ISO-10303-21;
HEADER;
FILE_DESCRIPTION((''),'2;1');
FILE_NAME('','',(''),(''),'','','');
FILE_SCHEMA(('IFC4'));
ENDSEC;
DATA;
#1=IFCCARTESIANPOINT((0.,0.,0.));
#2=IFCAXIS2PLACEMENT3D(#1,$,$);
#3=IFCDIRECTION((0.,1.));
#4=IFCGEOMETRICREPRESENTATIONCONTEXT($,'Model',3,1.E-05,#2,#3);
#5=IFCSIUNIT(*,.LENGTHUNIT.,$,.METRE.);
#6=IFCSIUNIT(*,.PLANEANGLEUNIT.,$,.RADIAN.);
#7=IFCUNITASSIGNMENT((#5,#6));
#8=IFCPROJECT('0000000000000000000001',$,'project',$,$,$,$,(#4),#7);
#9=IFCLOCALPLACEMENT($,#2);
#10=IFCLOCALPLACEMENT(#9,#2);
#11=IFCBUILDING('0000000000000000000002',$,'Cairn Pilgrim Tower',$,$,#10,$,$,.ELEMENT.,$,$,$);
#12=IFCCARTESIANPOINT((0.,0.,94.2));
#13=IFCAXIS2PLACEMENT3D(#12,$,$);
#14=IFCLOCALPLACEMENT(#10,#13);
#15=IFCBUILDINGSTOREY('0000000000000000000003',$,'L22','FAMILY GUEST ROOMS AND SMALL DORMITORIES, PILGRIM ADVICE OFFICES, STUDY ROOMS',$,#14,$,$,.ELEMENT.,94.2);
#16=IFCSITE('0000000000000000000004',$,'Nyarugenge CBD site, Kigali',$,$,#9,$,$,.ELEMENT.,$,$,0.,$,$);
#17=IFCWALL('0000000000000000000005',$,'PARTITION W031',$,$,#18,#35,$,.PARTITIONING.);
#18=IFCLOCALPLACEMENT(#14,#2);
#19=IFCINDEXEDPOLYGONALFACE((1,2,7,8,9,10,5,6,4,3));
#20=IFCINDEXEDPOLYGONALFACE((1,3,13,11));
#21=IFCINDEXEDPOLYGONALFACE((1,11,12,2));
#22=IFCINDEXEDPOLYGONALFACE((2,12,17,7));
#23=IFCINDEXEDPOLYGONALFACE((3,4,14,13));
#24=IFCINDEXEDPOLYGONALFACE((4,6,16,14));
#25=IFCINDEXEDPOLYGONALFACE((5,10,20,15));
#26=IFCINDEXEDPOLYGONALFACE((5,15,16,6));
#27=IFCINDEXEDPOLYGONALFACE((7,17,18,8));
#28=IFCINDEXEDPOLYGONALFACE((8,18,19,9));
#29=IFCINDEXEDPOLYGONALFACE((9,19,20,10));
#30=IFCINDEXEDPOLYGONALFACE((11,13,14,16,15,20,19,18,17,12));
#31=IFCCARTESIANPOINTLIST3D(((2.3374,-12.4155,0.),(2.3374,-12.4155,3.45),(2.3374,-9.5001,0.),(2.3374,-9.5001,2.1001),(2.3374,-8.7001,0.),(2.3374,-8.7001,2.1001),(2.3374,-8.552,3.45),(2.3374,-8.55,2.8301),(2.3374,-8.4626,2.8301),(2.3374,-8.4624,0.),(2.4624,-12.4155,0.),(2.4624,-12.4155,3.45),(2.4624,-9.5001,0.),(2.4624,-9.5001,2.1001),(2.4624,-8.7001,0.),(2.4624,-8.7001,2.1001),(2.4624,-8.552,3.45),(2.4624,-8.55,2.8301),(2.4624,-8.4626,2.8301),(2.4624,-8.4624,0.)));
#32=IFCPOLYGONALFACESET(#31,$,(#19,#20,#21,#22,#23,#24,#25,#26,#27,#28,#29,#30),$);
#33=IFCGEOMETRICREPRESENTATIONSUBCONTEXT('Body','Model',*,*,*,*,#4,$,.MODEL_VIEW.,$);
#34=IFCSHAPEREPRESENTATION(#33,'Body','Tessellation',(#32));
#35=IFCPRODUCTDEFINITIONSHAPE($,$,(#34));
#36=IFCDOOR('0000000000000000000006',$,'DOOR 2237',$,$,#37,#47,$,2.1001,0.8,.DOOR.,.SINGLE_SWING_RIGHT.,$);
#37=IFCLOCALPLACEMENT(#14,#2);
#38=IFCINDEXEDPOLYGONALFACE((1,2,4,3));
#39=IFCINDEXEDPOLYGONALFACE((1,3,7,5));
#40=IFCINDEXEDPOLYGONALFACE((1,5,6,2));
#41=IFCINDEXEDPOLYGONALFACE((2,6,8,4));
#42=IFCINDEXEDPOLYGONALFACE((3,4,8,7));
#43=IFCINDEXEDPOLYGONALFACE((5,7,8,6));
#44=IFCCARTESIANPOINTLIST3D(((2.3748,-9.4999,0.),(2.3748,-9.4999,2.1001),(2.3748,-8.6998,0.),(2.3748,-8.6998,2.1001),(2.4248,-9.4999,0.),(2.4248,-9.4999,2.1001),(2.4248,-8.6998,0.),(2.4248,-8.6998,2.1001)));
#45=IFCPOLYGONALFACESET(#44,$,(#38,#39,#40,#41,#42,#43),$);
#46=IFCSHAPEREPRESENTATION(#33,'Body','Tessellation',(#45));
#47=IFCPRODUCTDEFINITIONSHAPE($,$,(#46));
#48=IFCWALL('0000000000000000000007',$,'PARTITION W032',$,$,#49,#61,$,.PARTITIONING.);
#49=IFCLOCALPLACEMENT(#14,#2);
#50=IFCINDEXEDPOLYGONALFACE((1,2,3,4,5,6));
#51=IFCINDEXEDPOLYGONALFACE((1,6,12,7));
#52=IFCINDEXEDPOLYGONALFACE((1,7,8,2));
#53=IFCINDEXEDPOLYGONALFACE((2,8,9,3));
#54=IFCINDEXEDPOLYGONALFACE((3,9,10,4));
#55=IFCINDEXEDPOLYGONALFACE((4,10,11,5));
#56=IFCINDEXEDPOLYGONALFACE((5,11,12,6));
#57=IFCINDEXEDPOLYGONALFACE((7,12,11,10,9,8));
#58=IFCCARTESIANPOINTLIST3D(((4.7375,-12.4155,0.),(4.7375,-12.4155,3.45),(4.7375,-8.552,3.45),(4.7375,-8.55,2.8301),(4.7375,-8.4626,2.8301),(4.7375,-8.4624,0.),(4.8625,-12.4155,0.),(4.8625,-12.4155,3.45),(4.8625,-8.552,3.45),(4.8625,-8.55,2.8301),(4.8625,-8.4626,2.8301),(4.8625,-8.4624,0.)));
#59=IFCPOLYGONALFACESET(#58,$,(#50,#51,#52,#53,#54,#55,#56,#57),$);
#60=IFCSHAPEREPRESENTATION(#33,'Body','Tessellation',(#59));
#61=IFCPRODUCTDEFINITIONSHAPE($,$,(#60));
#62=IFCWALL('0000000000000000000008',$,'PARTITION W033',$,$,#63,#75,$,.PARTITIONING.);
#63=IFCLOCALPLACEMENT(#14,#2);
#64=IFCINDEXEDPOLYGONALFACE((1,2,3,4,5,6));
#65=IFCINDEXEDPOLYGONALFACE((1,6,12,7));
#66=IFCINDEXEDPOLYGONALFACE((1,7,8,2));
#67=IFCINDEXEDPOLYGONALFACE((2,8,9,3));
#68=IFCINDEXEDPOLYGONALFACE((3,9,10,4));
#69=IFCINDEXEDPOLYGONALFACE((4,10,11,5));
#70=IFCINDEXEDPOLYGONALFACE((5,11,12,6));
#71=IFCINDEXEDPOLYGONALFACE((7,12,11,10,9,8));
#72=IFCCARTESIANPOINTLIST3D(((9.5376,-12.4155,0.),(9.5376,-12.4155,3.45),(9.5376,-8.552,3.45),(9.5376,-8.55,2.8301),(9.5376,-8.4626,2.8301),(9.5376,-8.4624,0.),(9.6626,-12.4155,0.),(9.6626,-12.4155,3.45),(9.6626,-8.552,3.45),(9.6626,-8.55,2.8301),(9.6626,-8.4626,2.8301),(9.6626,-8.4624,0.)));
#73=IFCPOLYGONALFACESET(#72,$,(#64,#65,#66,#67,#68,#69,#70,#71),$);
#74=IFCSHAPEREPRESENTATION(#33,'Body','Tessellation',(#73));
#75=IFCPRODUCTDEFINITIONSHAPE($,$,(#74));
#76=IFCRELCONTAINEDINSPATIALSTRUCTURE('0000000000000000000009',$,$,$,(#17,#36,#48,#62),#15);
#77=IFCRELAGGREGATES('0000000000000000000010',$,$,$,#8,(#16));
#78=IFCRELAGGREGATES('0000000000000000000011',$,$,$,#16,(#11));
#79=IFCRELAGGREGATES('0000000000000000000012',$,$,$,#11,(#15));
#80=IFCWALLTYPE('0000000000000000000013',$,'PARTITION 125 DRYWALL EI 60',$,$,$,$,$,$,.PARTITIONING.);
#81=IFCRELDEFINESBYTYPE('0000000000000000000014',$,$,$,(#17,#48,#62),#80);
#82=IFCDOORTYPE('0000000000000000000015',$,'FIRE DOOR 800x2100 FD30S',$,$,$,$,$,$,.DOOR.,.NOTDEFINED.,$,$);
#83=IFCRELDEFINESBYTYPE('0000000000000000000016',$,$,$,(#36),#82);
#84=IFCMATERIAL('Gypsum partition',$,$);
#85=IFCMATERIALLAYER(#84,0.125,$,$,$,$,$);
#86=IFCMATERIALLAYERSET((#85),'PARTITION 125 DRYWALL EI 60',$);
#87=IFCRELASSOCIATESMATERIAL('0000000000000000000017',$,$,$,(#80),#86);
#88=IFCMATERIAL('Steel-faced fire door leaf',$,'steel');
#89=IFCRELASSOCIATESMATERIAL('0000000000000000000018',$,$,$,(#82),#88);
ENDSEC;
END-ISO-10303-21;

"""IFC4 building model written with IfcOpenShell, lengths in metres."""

from ifc_helpers import new_model, si_unit, direction, frame, frame_2d, origin, place, context, subcontext, project, spatial, polyline, rectangle, outline, extrude, material, layer, layer_set, type_object, element, fill, save


model = new_model("IFC4")

# Units and contexts
model_context = context("Model", 3, precision=1e-05, world=origin(), true_north=direction((0.0, 1.0)))
body_context = subcontext(model_context, "Body", "Model", "MODEL_VIEW")
ifc_project = project(units=[si_unit("LENGTHUNIT", "METRE"), si_unit("PLANEANGLEUNIT", "RADIAN")], contexts=[model_context])

# Site, building, storey
site_placement = place(None, origin())
site = spatial("IfcSite", under=ifc_project, at=site_placement, Name="Nyarugenge CBD site, Kigali", CompositionType="ELEMENT", RefElevation=0.0)
building_placement = place(site_placement, origin())
building = spatial("IfcBuilding", under=site, at=building_placement, Name="Cairn Pilgrim Tower", CompositionType="ELEMENT")
storey_placement = place(building_placement, frame((0.0, 0.0, 94.2)))
storey = spatial("IfcBuildingStorey", under=building, at=storey_placement, Name="L22", Description="FAMILY GUEST ROOMS AND SMALL DORMITORIES, PILGRIM ADVICE OFFICES, STUDY ROOMS", CompositionType="ELEMENT", Elevation=94.2)

# Shared definitions
ifc_material_1 = material(Name="Gypsum partition")

# Shared definitions
ifc_layer_1 = layer(ifc_material_1, 0.125)
ifc_layer_set_1 = layer_set([ifc_layer_1], Name="PARTITION 125 DRYWALL EI 60")
wall_type_1 = type_object("IfcWallType", Name="PARTITION 125 DRYWALL EI 60", PredefinedType="PARTITIONING", material=ifc_layer_set_1)

# Wall, opening, door
wall_1_placement = place(storey_placement, frame((2.3999, -12.4155, 0.0), z_axis=(0.0, 0.0, 1.0), x_axis=(0.0, 1.0, 0.0)))
wall_1 = element("IfcWall", 1, at=wall_1_placement, inside=storey, type_object=wall_type_1, Name="PARTITION W031", PredefinedType="PARTITIONING", context=body_context, shape_type="SweptSolid", body=[
    extrude(outline(polyline([(0.0, 0.0), (3.9531, 0.0), (3.9529, 2.8301), (3.8655, 2.8301), (3.8635, 3.45), (0.0, 3.45), (0.0, 0.0)])), frame((0.0, 0.0625, 0.0), z_axis=(0.0, -1.0, 0.0), x_axis=(1.0, 0.0, 0.0)), (0.0, 0.0, 1.0), 0.125),
])
opening_1_placement = place(wall_1_placement, frame((2.9155, 0.0, 0.0)))
opening_1 = element("IfcOpeningElement", 2, at=opening_1_placement, cuts=wall_1, PredefinedType="OPENING", context=body_context, shape_type="SweptSolid", body=[
    extrude(rectangle(XDim=0.8, YDim=2.1001, at=frame_2d((0.3999, 1.05))), frame((0.0, 0.0725, 0.0), z_axis=(0.0, -1.0, 0.0), x_axis=(1.0, 0.0, 0.0)), (0.0, 0.0, 1.0), 0.145),
])
ifc_material_2 = material(Name="Steel-faced fire door leaf", Category="steel")
door_type_1 = type_object("IfcDoorType", Name="FIRE DOOR 800x2100 FD30S", OperationType="NOTDEFINED", PredefinedType="DOOR", material=ifc_material_2)
door_1_placement = place(opening_1_placement, frame((0.8, 0.0, 0.0), z_axis=(0.0, 0.0, 1.0), x_axis=(-1.0, 0.0, 0.0)))
door_1 = element("IfcDoor", 3, at=door_1_placement, inside=storey, type_object=door_type_1, Name="DOOR 2237", OperationType="SINGLE_SWING_RIGHT", OverallHeight=2.1001, OverallWidth=0.8, PredefinedType="DOOR", context=body_context, shape_type="SweptSolid", body=[
    extrude(rectangle(XDim=0.8, YDim=2.1001, at=frame_2d((0.3999, 1.05))), frame((0.0, 0.0249, 0.0), z_axis=(0.0, -1.0, 0.0), x_axis=(1.0, 0.0, 0.0)), (0.0, 0.0, 1.0), 0.05),
])
fill(opening_1, door_1)

# Walls
for number, where, z_axis, x_axis, name in (
    (4, (4.8, -12.4155, 0.0), (0.0, 0.0, 1.0), (0.0, 1.0, 0.0), "PARTITION W032"),
    (5, (9.6001, -12.4155, 0.0), (0.0, 0.0, 1.0), (0.0, 1.0, 0.0), "PARTITION W033"),
):
    element("IfcWall", number, at=place(storey_placement, frame(where, z_axis=z_axis, x_axis=x_axis)), inside=storey, type_object=wall_type_1, Name=name, PredefinedType="PARTITIONING", context=body_context, shape_type="SweptSolid", body=[
        extrude(outline(polyline([(0.0, 0.0), (3.9531, 0.0), (3.9529, 2.8301), (3.8655, 2.8301), (3.8635, 3.45), (0.0, 3.45), (0.0, 0.0)])), frame((0.0, 0.0625, 0.0), z_axis=(0.0, -1.0, 0.0), x_axis=(1.0, 0.0, 0.0)), (0.0, 0.0, 1.0), 0.125),
    ])

save(model, "model.ifc")
